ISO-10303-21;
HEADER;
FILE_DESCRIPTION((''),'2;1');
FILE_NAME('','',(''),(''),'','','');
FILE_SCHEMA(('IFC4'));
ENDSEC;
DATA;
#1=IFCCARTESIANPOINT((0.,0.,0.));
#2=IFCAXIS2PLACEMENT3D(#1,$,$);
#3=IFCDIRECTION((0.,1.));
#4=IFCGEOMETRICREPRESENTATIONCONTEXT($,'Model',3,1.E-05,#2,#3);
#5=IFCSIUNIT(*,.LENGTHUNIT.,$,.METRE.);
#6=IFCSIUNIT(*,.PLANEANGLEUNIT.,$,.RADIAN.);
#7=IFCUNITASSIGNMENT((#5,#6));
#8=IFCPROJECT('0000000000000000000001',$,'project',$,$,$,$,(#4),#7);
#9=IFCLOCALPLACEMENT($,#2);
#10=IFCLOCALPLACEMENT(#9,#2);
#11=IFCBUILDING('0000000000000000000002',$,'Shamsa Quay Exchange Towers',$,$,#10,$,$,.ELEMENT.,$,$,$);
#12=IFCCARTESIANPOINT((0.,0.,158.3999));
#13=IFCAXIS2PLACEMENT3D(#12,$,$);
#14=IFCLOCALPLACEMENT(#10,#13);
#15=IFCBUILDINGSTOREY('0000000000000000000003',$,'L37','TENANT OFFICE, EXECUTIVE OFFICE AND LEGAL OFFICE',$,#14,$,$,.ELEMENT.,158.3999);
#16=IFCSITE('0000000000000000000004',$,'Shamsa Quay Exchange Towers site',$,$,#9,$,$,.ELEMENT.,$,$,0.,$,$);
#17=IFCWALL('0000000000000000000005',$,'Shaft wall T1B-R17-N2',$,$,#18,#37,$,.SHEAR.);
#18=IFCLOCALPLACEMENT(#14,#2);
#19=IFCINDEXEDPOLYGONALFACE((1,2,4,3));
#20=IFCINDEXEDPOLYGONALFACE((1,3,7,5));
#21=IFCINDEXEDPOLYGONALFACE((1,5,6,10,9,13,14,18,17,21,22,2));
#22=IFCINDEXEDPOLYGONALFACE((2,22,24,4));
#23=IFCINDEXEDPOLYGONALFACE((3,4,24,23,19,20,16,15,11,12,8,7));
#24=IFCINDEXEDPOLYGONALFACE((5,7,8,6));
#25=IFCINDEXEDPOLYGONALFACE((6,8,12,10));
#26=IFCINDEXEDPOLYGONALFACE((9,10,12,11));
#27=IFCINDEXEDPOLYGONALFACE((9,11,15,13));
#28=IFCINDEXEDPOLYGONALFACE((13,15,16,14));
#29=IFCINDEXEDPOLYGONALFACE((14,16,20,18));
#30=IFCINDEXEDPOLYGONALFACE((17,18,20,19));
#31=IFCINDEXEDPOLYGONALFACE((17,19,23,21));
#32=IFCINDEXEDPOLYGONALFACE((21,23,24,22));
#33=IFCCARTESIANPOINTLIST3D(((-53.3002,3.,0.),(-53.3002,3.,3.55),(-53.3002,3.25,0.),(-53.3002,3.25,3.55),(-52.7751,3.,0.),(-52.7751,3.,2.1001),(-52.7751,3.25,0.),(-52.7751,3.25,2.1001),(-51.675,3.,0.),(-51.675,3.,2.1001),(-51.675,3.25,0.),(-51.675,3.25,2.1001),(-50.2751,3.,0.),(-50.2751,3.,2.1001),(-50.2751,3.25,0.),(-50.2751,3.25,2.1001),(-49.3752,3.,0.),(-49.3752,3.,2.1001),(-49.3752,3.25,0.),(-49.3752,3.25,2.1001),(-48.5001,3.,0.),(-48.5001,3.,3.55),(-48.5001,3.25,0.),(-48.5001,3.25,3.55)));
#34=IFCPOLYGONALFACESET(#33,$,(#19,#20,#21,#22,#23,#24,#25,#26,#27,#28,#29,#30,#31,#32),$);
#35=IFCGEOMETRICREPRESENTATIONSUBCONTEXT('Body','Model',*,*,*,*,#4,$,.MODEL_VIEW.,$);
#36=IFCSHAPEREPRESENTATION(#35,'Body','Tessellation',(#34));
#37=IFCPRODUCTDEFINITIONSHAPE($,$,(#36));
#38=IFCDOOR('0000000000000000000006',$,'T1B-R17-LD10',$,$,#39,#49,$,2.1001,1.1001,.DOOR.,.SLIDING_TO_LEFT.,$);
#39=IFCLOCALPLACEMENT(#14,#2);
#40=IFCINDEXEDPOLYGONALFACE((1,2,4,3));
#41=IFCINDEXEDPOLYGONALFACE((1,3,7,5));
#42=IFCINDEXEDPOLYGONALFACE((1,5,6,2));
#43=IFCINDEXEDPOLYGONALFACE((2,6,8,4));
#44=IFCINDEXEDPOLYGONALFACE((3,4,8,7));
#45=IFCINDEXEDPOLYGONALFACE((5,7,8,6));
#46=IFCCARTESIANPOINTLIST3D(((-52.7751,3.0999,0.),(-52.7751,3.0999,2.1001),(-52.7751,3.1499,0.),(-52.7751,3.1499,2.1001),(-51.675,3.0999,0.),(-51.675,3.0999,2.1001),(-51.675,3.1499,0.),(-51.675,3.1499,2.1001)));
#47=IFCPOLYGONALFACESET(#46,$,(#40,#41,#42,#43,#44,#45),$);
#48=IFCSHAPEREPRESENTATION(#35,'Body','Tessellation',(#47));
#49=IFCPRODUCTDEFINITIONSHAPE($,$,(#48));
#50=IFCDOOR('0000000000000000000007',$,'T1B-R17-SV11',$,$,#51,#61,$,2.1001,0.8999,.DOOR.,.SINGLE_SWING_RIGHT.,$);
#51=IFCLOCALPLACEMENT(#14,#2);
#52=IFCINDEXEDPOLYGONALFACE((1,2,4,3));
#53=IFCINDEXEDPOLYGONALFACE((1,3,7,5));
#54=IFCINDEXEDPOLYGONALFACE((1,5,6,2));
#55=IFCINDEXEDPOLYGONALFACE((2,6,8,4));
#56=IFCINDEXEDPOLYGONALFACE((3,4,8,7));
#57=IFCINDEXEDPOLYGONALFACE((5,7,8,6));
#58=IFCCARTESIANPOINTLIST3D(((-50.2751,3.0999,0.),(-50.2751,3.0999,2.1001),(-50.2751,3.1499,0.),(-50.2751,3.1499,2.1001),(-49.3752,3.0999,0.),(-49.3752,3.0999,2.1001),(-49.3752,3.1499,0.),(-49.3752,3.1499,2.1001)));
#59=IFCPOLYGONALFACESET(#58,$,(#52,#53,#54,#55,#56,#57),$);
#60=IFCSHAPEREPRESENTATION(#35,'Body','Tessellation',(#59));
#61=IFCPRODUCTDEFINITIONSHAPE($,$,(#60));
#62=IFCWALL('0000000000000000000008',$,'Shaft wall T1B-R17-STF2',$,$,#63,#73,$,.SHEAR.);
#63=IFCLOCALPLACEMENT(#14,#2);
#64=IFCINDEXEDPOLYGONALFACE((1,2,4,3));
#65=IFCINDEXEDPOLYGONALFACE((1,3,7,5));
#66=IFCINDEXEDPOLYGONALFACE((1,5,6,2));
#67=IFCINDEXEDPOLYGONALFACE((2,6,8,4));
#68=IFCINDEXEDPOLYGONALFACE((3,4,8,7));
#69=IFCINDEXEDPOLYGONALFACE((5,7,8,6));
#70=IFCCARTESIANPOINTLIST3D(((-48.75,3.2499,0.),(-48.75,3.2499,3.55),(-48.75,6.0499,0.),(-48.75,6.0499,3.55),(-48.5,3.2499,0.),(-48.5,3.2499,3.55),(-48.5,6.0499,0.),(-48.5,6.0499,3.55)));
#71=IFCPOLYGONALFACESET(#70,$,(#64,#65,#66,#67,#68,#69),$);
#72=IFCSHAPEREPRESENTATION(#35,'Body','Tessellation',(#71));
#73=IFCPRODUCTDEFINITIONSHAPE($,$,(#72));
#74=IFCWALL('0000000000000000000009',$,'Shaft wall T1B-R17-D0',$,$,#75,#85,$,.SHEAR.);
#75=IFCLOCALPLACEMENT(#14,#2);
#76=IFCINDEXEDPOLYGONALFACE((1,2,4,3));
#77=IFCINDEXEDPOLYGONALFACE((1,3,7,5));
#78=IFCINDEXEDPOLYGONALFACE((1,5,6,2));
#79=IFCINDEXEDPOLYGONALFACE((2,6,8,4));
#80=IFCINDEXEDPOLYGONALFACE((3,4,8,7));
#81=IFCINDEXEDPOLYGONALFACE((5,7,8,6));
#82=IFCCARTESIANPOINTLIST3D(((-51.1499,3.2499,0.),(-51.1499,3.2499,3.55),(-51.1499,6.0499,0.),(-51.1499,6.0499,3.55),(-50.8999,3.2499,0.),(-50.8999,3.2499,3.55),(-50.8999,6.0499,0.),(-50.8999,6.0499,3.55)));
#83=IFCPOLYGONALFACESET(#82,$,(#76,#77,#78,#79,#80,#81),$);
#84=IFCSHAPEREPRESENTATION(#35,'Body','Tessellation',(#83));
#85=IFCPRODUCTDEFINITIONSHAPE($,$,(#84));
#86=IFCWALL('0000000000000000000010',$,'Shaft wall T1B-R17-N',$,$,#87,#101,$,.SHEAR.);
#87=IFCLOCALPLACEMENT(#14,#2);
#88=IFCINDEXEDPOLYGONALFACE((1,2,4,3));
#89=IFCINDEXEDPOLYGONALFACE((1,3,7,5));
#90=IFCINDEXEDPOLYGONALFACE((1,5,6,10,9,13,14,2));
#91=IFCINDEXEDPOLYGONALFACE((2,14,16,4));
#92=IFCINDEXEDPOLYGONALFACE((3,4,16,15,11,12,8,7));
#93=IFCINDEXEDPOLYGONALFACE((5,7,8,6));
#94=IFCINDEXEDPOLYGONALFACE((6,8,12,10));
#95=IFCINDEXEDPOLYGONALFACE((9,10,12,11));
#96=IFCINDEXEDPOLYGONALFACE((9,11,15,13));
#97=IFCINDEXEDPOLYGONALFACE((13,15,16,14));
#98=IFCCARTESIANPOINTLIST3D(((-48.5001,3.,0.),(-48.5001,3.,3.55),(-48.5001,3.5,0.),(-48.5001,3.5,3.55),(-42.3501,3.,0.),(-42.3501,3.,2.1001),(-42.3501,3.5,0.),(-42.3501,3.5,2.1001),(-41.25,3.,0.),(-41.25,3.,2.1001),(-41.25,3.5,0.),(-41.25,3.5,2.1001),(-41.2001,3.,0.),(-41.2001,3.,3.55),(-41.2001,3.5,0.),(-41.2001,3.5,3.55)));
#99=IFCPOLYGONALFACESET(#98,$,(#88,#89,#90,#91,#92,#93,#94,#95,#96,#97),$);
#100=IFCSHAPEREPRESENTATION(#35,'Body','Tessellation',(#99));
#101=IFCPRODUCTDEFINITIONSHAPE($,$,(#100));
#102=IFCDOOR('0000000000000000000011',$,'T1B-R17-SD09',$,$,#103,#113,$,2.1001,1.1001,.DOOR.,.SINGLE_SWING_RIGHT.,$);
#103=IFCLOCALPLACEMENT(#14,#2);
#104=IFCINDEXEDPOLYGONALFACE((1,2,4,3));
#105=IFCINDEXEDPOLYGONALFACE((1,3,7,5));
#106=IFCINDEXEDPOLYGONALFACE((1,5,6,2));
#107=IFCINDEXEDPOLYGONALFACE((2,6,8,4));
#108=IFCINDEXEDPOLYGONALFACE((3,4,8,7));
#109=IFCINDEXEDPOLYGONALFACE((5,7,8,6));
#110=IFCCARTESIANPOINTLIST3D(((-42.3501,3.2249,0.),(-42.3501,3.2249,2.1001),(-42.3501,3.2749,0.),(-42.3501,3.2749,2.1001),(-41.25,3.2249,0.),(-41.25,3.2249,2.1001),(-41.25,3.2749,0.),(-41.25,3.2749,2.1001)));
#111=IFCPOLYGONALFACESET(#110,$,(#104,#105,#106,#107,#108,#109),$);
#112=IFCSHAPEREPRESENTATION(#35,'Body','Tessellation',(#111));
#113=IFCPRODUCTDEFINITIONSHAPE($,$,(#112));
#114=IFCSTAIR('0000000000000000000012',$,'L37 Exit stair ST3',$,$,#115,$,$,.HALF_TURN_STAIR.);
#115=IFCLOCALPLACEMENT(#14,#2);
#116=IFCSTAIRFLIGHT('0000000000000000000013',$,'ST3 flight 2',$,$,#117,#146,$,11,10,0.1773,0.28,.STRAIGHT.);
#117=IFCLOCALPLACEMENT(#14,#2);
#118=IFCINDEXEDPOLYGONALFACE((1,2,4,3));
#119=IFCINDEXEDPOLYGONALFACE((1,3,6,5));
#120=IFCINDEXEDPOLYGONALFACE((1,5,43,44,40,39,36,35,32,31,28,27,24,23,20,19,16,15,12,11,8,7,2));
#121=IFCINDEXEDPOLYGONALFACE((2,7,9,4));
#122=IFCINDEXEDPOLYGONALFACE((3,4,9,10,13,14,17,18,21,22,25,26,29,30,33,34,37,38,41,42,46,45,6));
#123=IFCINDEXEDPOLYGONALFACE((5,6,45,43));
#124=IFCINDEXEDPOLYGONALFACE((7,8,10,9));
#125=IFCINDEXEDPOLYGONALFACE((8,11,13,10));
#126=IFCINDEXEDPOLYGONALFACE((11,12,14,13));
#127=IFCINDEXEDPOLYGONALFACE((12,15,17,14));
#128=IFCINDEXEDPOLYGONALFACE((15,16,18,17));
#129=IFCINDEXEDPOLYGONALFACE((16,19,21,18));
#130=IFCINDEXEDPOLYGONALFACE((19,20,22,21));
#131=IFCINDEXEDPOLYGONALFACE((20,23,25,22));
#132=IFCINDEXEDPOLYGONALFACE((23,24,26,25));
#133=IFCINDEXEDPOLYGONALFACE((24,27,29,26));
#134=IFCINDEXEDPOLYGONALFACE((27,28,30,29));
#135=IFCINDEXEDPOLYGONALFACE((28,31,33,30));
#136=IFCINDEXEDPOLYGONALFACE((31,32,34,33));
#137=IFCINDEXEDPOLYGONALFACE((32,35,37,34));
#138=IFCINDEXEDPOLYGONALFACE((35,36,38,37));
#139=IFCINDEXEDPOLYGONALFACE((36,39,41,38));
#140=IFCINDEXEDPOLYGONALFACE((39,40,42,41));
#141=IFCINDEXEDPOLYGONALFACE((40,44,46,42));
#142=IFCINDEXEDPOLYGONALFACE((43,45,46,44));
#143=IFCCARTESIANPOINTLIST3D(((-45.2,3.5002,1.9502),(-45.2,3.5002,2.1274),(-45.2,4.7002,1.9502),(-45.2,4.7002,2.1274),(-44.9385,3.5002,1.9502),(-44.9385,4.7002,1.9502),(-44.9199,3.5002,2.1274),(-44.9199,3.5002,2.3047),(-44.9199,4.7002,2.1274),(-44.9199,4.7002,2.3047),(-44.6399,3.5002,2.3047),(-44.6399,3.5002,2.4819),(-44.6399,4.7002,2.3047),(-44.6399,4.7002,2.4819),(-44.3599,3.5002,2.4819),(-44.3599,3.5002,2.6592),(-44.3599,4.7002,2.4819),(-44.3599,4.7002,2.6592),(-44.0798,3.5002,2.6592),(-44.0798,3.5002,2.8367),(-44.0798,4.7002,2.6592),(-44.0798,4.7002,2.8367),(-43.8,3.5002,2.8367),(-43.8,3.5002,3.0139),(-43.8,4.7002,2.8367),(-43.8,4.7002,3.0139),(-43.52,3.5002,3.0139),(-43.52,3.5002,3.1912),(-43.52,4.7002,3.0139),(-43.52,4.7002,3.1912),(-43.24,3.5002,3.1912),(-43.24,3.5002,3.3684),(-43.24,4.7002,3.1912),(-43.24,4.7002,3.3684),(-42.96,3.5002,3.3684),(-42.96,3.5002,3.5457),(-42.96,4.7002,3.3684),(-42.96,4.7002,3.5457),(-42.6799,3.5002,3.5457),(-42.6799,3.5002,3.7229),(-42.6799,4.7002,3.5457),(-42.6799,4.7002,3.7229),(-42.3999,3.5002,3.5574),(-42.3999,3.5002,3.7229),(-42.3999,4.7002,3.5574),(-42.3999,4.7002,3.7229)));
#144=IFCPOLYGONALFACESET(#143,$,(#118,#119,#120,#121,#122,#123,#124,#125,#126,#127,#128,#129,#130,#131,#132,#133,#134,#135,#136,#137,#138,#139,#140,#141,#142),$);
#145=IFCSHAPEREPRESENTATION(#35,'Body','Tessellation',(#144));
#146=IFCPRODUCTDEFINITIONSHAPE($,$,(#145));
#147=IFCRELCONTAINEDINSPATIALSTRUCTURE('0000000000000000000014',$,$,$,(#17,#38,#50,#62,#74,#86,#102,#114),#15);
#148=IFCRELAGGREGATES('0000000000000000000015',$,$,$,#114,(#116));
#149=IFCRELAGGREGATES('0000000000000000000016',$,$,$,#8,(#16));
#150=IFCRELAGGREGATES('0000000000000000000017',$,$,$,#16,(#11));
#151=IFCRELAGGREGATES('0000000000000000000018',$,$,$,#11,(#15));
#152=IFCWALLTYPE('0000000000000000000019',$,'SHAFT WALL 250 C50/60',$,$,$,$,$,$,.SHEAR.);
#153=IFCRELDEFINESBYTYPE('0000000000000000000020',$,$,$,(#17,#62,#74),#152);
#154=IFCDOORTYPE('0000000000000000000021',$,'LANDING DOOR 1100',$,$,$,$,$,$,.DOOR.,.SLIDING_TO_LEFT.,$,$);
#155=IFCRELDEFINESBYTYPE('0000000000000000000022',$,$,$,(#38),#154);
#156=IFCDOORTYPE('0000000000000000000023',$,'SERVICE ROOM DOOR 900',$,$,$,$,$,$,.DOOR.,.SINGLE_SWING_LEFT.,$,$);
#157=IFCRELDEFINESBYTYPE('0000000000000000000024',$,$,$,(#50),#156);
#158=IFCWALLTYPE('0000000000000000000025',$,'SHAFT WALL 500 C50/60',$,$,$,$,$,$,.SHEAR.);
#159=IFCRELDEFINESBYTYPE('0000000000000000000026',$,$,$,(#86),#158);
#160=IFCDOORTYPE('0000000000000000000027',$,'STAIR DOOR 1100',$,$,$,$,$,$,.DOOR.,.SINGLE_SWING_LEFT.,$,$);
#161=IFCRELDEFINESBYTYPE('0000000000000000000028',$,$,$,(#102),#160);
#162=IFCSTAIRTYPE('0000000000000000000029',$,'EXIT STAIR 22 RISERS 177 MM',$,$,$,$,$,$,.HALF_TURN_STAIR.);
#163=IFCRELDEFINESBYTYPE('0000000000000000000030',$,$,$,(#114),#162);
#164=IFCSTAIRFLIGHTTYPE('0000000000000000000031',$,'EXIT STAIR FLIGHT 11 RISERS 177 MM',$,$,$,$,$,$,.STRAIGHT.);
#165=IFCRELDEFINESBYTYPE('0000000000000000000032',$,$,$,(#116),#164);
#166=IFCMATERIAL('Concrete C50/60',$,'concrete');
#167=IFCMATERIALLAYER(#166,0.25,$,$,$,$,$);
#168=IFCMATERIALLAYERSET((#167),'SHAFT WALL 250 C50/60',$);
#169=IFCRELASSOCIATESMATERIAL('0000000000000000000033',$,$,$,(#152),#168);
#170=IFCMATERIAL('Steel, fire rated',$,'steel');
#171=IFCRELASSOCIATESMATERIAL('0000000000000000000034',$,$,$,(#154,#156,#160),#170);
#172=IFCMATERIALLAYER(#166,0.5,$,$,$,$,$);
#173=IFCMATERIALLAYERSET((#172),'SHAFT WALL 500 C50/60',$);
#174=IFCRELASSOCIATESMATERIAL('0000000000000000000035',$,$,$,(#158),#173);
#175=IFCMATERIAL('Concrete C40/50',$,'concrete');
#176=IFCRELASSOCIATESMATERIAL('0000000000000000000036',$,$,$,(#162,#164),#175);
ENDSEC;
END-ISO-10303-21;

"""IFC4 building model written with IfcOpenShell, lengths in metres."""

from ifc_helpers import new_model, si_unit, direction, frame, frame_2d, origin, place, context, subcontext, project, spatial, polyline, rectangle, outline, extrude, material, layer, layer_set, type_object, element, fill, aggregate, save


model = new_model("IFC4")

# Units and contexts
model_context = context("Model", 3, precision=1e-05, world=origin(), true_north=direction((0.0, 1.0)))
body_context = subcontext(model_context, "Body", "Model", "MODEL_VIEW")
ifc_project = project(units=[si_unit("LENGTHUNIT", "METRE"), si_unit("PLANEANGLEUNIT", "RADIAN")], contexts=[model_context])

# Site, building, storey
site_placement = place(None, origin())
site = spatial("IfcSite", under=ifc_project, at=site_placement, Name="Shamsa Quay Exchange Towers site", CompositionType="ELEMENT", RefElevation=0.0)
building_placement = place(site_placement, origin())
building = spatial("IfcBuilding", under=site, at=building_placement, Name="Shamsa Quay Exchange Towers", CompositionType="ELEMENT")
storey_placement = place(building_placement, frame((0.0, 0.0, 158.3999)))
storey = spatial("IfcBuildingStorey", under=building, at=storey_placement, Name="L37", Description="TENANT OFFICE, EXECUTIVE OFFICE AND LEGAL OFFICE", CompositionType="ELEMENT", Elevation=158.3999)

# Wall, openings, doors
ifc_material_1 = material(Name="Concrete C50/60", Category="concrete")
ifc_layer_1 = layer(ifc_material_1, 0.25)
ifc_layer_set_1 = layer_set([ifc_layer_1], Name="SHAFT WALL 250 C50/60")
wall_type_1 = type_object("IfcWallType", Name="SHAFT WALL 250 C50/60", PredefinedType="SHEAR", material=ifc_layer_set_1)
wall_1_placement = place(storey_placement, frame((-53.3, 3.125, 0.0)))
wall_1 = element("IfcWall", 1, at=wall_1_placement, inside=storey, type_object=wall_type_1, Name="Shaft wall T1B-R17-N2", PredefinedType="SHEAR", context=body_context, shape_type="SweptSolid", body=[
    extrude(rectangle(XDim=4.8, YDim=0.25, at=frame_2d((2.3999, 0.0))), origin(), (0.0, 0.0, 1.0), 3.55),
])
opening_1_placement = place(wall_1_placement, frame((0.5249, 0.0, 0.0)))
opening_1 = element("IfcOpeningElement", 2, at=opening_1_placement, cuts=wall_1, PredefinedType="OPENING", context=body_context, shape_type="SweptSolid", body=[
    extrude(rectangle(XDim=1.1001, YDim=2.1001, at=frame_2d((0.55, 1.05))), frame((0.0, 0.135, 0.0), z_axis=(0.0, -1.0, 0.0), x_axis=(1.0, 0.0, 0.0)), (0.0, 0.0, 1.0), 0.27),
])
opening_2_placement = place(wall_1_placement, frame((3.0249, 0.0, 0.0)))
opening_2 = element("IfcOpeningElement", 3, at=opening_2_placement, cuts=wall_1, PredefinedType="OPENING", context=body_context, shape_type="SweptSolid", body=[
    extrude(rectangle(XDim=0.8999, YDim=2.1001, at=frame_2d((0.45, 1.05))), frame((0.0, 0.135, 0.0), z_axis=(0.0, -1.0, 0.0), x_axis=(1.0, 0.0, 0.0)), (0.0, 0.0, 1.0), 0.27),
])
ifc_material_2 = material(Name="Steel, fire rated", Category="steel")
door_type_1 = type_object("IfcDoorType", Name="LANDING DOOR 1100", OperationType="SLIDING_TO_LEFT", PredefinedType="DOOR", material=ifc_material_2)
door_1_placement = place(opening_1_placement, origin())
door_1 = element("IfcDoor", 4, at=door_1_placement, inside=storey, type_object=door_type_1, Name="T1B-R17-LD10", OperationType="SLIDING_TO_LEFT", OverallHeight=2.1001, OverallWidth=1.1001, PredefinedType="DOOR", context=body_context, shape_type="SweptSolid", body=[
    extrude(rectangle(XDim=1.1001, YDim=2.1001, at=frame_2d((0.55, 1.05))), frame((0.0, 0.0249, 0.0), z_axis=(0.0, -1.0, 0.0), x_axis=(1.0, 0.0, 0.0)), (0.0, 0.0, 1.0), 0.05),
])
fill(opening_1, door_1)
door_type_2 = type_object("IfcDoorType", Name="SERVICE ROOM DOOR 900", OperationType="SINGLE_SWING_LEFT", PredefinedType="DOOR", material=ifc_material_2)
door_2_placement = place(opening_2_placement, origin())
door_2 = element("IfcDoor", 5, at=door_2_placement, inside=storey, type_object=door_type_2, Name="T1B-R17-SV11", OperationType="SINGLE_SWING_RIGHT", OverallHeight=2.1001, OverallWidth=0.8999, PredefinedType="DOOR", context=body_context, shape_type="SweptSolid", body=[
    extrude(rectangle(XDim=0.8999, YDim=2.1001, at=frame_2d((0.45, 1.05))), frame((0.0, 0.0249, 0.0), z_axis=(0.0, -1.0, 0.0), x_axis=(1.0, 0.0, 0.0)), (0.0, 0.0, 1.0), 0.05),
])
fill(opening_2, door_2)

# Walls
for number, where, z_axis, x_axis, name in (
    (6, (-48.625, 3.25, 0.0), (0.0, 0.0, 1.0), (0.0, 1.0, 0.0), "Shaft wall T1B-R17-STF2"),
    (7, (-51.0249, 3.25, 0.0), (0.0, 0.0, 1.0), (0.0, 1.0, 0.0), "Shaft wall T1B-R17-D0"),
):
    element("IfcWall", number, at=place(storey_placement, frame(where, z_axis=z_axis, x_axis=x_axis)), inside=storey, type_object=wall_type_1, Name=name, PredefinedType="SHEAR", context=body_context, shape_type="SweptSolid", body=[
        extrude(rectangle(XDim=2.8, YDim=0.25, at=frame_2d((1.3999, 0.0))), origin(), (0.0, 0.0, 1.0), 3.55),
    ])

# Wall, opening, door
ifc_layer_2 = layer(ifc_material_1, 0.5)
ifc_layer_set_2 = layer_set([ifc_layer_2], Name="SHAFT WALL 500 C50/60")
wall_type_2 = type_object("IfcWallType", Name="SHAFT WALL 500 C50/60", PredefinedType="SHEAR", material=ifc_layer_set_2)
wall_2_placement = place(storey_placement, frame((-48.5, 3.25, 0.0)))
wall_2 = element("IfcWall", 8, at=wall_2_placement, inside=storey, type_object=wall_type_2, Name="Shaft wall T1B-R17-N", PredefinedType="SHEAR", context=body_context, shape_type="SweptSolid", body=[
    extrude(rectangle(XDim=7.3, YDim=0.5, at=frame_2d((3.6499, 0.0))), origin(), (0.0, 0.0, 1.0), 3.55),
])
opening_3_placement = place(wall_2_placement, frame((6.1499, 0.0, 0.0)))
opening_3 = element("IfcOpeningElement", 9, at=opening_3_placement, cuts=wall_2, PredefinedType="OPENING", context=body_context, shape_type="SweptSolid", body=[
    extrude(rectangle(XDim=1.1001, YDim=2.1001, at=frame_2d((0.55, 1.05))), frame((0.0, 0.26, 0.0), z_axis=(0.0, -1.0, 0.0), x_axis=(1.0, 0.0, 0.0)), (0.0, 0.0, 1.0), 0.52),
])
door_type_3 = type_object("IfcDoorType", Name="STAIR DOOR 1100", OperationType="SINGLE_SWING_LEFT", PredefinedType="DOOR", material=ifc_material_2)
door_3_placement = place(opening_3_placement, origin())
door_3 = element("IfcDoor", 10, at=door_3_placement, inside=storey, type_object=door_type_3, Name="T1B-R17-SD09", OperationType="SINGLE_SWING_RIGHT", OverallHeight=2.1001, OverallWidth=1.1001, PredefinedType="DOOR", context=body_context, shape_type="SweptSolid", body=[
    extrude(rectangle(XDim=1.1001, YDim=2.1001, at=frame_2d((0.55, 1.05))), frame((0.0, 0.0249, 0.0), z_axis=(0.0, -1.0, 0.0), x_axis=(1.0, 0.0, 0.0)), (0.0, 0.0, 1.0), 0.05),
])
fill(opening_3, door_3)

# Stair, stair flight
ifc_material_3 = material(Name="Concrete C40/50", Category="concrete")
stair_type = type_object("IfcStairType", Name="EXIT STAIR 22 RISERS 177 MM", PredefinedType="HALF_TURN_STAIR", material=ifc_material_3)
stair_placement = place(storey_placement, origin())
stair = element("IfcStair", 11, at=stair_placement, inside=storey, type_object=stair_type, Name="L37 Exit stair ST3", PredefinedType="HALF_TURN_STAIR")
stair_flight_type = type_object("IfcStairFlightType", Name="EXIT STAIR FLIGHT 11 RISERS 177 MM", PredefinedType="STRAIGHT", material=ifc_material_3)
stair_flight_placement = place(storey_placement, frame((-45.2, 4.1001, 1.9502)))
stair_flight = element("IfcStairFlight", 12, at=stair_flight_placement, type_object=stair_flight_type, Name="ST3 flight 2", NumberOfRisers=11, NumberOfTreads=10, PredefinedType="STRAIGHT", RiserHeight=0.1773, TreadLength=0.28, context=body_context, shape_type="SweptSolid", body=[
    extrude(outline(polyline([(0.0, 0.0), (0.0, 0.1772), (0.28, 0.1772), (0.28, 0.3545), (0.5601, 0.3545), (0.5601, 0.5317), (0.8401, 0.5317), (0.8401, 0.709), (1.1201, 0.709), (1.1201, 0.8865), (1.3999, 0.8865), (1.3999, 1.0637), (1.6799, 1.0637), (1.6799, 1.241), (1.96, 1.241), (1.96, 1.4182), (2.24, 1.4182), (2.24, 1.5955), (2.52, 1.5955), (2.52, 1.7727), (2.8, 1.7727), (2.8, 1.95), (2.8, 1.6072), (0.2615, 0.0), (0.0, 0.0)])), frame((0.0, 0.6001, 0.0), z_axis=(0.0, -1.0, 0.0), x_axis=(1.0, 0.0, 0.0)), (0.0, 0.0, 1.0), 1.2),
])
aggregate(stair, [stair_flight])

save(model, "model.ifc")
